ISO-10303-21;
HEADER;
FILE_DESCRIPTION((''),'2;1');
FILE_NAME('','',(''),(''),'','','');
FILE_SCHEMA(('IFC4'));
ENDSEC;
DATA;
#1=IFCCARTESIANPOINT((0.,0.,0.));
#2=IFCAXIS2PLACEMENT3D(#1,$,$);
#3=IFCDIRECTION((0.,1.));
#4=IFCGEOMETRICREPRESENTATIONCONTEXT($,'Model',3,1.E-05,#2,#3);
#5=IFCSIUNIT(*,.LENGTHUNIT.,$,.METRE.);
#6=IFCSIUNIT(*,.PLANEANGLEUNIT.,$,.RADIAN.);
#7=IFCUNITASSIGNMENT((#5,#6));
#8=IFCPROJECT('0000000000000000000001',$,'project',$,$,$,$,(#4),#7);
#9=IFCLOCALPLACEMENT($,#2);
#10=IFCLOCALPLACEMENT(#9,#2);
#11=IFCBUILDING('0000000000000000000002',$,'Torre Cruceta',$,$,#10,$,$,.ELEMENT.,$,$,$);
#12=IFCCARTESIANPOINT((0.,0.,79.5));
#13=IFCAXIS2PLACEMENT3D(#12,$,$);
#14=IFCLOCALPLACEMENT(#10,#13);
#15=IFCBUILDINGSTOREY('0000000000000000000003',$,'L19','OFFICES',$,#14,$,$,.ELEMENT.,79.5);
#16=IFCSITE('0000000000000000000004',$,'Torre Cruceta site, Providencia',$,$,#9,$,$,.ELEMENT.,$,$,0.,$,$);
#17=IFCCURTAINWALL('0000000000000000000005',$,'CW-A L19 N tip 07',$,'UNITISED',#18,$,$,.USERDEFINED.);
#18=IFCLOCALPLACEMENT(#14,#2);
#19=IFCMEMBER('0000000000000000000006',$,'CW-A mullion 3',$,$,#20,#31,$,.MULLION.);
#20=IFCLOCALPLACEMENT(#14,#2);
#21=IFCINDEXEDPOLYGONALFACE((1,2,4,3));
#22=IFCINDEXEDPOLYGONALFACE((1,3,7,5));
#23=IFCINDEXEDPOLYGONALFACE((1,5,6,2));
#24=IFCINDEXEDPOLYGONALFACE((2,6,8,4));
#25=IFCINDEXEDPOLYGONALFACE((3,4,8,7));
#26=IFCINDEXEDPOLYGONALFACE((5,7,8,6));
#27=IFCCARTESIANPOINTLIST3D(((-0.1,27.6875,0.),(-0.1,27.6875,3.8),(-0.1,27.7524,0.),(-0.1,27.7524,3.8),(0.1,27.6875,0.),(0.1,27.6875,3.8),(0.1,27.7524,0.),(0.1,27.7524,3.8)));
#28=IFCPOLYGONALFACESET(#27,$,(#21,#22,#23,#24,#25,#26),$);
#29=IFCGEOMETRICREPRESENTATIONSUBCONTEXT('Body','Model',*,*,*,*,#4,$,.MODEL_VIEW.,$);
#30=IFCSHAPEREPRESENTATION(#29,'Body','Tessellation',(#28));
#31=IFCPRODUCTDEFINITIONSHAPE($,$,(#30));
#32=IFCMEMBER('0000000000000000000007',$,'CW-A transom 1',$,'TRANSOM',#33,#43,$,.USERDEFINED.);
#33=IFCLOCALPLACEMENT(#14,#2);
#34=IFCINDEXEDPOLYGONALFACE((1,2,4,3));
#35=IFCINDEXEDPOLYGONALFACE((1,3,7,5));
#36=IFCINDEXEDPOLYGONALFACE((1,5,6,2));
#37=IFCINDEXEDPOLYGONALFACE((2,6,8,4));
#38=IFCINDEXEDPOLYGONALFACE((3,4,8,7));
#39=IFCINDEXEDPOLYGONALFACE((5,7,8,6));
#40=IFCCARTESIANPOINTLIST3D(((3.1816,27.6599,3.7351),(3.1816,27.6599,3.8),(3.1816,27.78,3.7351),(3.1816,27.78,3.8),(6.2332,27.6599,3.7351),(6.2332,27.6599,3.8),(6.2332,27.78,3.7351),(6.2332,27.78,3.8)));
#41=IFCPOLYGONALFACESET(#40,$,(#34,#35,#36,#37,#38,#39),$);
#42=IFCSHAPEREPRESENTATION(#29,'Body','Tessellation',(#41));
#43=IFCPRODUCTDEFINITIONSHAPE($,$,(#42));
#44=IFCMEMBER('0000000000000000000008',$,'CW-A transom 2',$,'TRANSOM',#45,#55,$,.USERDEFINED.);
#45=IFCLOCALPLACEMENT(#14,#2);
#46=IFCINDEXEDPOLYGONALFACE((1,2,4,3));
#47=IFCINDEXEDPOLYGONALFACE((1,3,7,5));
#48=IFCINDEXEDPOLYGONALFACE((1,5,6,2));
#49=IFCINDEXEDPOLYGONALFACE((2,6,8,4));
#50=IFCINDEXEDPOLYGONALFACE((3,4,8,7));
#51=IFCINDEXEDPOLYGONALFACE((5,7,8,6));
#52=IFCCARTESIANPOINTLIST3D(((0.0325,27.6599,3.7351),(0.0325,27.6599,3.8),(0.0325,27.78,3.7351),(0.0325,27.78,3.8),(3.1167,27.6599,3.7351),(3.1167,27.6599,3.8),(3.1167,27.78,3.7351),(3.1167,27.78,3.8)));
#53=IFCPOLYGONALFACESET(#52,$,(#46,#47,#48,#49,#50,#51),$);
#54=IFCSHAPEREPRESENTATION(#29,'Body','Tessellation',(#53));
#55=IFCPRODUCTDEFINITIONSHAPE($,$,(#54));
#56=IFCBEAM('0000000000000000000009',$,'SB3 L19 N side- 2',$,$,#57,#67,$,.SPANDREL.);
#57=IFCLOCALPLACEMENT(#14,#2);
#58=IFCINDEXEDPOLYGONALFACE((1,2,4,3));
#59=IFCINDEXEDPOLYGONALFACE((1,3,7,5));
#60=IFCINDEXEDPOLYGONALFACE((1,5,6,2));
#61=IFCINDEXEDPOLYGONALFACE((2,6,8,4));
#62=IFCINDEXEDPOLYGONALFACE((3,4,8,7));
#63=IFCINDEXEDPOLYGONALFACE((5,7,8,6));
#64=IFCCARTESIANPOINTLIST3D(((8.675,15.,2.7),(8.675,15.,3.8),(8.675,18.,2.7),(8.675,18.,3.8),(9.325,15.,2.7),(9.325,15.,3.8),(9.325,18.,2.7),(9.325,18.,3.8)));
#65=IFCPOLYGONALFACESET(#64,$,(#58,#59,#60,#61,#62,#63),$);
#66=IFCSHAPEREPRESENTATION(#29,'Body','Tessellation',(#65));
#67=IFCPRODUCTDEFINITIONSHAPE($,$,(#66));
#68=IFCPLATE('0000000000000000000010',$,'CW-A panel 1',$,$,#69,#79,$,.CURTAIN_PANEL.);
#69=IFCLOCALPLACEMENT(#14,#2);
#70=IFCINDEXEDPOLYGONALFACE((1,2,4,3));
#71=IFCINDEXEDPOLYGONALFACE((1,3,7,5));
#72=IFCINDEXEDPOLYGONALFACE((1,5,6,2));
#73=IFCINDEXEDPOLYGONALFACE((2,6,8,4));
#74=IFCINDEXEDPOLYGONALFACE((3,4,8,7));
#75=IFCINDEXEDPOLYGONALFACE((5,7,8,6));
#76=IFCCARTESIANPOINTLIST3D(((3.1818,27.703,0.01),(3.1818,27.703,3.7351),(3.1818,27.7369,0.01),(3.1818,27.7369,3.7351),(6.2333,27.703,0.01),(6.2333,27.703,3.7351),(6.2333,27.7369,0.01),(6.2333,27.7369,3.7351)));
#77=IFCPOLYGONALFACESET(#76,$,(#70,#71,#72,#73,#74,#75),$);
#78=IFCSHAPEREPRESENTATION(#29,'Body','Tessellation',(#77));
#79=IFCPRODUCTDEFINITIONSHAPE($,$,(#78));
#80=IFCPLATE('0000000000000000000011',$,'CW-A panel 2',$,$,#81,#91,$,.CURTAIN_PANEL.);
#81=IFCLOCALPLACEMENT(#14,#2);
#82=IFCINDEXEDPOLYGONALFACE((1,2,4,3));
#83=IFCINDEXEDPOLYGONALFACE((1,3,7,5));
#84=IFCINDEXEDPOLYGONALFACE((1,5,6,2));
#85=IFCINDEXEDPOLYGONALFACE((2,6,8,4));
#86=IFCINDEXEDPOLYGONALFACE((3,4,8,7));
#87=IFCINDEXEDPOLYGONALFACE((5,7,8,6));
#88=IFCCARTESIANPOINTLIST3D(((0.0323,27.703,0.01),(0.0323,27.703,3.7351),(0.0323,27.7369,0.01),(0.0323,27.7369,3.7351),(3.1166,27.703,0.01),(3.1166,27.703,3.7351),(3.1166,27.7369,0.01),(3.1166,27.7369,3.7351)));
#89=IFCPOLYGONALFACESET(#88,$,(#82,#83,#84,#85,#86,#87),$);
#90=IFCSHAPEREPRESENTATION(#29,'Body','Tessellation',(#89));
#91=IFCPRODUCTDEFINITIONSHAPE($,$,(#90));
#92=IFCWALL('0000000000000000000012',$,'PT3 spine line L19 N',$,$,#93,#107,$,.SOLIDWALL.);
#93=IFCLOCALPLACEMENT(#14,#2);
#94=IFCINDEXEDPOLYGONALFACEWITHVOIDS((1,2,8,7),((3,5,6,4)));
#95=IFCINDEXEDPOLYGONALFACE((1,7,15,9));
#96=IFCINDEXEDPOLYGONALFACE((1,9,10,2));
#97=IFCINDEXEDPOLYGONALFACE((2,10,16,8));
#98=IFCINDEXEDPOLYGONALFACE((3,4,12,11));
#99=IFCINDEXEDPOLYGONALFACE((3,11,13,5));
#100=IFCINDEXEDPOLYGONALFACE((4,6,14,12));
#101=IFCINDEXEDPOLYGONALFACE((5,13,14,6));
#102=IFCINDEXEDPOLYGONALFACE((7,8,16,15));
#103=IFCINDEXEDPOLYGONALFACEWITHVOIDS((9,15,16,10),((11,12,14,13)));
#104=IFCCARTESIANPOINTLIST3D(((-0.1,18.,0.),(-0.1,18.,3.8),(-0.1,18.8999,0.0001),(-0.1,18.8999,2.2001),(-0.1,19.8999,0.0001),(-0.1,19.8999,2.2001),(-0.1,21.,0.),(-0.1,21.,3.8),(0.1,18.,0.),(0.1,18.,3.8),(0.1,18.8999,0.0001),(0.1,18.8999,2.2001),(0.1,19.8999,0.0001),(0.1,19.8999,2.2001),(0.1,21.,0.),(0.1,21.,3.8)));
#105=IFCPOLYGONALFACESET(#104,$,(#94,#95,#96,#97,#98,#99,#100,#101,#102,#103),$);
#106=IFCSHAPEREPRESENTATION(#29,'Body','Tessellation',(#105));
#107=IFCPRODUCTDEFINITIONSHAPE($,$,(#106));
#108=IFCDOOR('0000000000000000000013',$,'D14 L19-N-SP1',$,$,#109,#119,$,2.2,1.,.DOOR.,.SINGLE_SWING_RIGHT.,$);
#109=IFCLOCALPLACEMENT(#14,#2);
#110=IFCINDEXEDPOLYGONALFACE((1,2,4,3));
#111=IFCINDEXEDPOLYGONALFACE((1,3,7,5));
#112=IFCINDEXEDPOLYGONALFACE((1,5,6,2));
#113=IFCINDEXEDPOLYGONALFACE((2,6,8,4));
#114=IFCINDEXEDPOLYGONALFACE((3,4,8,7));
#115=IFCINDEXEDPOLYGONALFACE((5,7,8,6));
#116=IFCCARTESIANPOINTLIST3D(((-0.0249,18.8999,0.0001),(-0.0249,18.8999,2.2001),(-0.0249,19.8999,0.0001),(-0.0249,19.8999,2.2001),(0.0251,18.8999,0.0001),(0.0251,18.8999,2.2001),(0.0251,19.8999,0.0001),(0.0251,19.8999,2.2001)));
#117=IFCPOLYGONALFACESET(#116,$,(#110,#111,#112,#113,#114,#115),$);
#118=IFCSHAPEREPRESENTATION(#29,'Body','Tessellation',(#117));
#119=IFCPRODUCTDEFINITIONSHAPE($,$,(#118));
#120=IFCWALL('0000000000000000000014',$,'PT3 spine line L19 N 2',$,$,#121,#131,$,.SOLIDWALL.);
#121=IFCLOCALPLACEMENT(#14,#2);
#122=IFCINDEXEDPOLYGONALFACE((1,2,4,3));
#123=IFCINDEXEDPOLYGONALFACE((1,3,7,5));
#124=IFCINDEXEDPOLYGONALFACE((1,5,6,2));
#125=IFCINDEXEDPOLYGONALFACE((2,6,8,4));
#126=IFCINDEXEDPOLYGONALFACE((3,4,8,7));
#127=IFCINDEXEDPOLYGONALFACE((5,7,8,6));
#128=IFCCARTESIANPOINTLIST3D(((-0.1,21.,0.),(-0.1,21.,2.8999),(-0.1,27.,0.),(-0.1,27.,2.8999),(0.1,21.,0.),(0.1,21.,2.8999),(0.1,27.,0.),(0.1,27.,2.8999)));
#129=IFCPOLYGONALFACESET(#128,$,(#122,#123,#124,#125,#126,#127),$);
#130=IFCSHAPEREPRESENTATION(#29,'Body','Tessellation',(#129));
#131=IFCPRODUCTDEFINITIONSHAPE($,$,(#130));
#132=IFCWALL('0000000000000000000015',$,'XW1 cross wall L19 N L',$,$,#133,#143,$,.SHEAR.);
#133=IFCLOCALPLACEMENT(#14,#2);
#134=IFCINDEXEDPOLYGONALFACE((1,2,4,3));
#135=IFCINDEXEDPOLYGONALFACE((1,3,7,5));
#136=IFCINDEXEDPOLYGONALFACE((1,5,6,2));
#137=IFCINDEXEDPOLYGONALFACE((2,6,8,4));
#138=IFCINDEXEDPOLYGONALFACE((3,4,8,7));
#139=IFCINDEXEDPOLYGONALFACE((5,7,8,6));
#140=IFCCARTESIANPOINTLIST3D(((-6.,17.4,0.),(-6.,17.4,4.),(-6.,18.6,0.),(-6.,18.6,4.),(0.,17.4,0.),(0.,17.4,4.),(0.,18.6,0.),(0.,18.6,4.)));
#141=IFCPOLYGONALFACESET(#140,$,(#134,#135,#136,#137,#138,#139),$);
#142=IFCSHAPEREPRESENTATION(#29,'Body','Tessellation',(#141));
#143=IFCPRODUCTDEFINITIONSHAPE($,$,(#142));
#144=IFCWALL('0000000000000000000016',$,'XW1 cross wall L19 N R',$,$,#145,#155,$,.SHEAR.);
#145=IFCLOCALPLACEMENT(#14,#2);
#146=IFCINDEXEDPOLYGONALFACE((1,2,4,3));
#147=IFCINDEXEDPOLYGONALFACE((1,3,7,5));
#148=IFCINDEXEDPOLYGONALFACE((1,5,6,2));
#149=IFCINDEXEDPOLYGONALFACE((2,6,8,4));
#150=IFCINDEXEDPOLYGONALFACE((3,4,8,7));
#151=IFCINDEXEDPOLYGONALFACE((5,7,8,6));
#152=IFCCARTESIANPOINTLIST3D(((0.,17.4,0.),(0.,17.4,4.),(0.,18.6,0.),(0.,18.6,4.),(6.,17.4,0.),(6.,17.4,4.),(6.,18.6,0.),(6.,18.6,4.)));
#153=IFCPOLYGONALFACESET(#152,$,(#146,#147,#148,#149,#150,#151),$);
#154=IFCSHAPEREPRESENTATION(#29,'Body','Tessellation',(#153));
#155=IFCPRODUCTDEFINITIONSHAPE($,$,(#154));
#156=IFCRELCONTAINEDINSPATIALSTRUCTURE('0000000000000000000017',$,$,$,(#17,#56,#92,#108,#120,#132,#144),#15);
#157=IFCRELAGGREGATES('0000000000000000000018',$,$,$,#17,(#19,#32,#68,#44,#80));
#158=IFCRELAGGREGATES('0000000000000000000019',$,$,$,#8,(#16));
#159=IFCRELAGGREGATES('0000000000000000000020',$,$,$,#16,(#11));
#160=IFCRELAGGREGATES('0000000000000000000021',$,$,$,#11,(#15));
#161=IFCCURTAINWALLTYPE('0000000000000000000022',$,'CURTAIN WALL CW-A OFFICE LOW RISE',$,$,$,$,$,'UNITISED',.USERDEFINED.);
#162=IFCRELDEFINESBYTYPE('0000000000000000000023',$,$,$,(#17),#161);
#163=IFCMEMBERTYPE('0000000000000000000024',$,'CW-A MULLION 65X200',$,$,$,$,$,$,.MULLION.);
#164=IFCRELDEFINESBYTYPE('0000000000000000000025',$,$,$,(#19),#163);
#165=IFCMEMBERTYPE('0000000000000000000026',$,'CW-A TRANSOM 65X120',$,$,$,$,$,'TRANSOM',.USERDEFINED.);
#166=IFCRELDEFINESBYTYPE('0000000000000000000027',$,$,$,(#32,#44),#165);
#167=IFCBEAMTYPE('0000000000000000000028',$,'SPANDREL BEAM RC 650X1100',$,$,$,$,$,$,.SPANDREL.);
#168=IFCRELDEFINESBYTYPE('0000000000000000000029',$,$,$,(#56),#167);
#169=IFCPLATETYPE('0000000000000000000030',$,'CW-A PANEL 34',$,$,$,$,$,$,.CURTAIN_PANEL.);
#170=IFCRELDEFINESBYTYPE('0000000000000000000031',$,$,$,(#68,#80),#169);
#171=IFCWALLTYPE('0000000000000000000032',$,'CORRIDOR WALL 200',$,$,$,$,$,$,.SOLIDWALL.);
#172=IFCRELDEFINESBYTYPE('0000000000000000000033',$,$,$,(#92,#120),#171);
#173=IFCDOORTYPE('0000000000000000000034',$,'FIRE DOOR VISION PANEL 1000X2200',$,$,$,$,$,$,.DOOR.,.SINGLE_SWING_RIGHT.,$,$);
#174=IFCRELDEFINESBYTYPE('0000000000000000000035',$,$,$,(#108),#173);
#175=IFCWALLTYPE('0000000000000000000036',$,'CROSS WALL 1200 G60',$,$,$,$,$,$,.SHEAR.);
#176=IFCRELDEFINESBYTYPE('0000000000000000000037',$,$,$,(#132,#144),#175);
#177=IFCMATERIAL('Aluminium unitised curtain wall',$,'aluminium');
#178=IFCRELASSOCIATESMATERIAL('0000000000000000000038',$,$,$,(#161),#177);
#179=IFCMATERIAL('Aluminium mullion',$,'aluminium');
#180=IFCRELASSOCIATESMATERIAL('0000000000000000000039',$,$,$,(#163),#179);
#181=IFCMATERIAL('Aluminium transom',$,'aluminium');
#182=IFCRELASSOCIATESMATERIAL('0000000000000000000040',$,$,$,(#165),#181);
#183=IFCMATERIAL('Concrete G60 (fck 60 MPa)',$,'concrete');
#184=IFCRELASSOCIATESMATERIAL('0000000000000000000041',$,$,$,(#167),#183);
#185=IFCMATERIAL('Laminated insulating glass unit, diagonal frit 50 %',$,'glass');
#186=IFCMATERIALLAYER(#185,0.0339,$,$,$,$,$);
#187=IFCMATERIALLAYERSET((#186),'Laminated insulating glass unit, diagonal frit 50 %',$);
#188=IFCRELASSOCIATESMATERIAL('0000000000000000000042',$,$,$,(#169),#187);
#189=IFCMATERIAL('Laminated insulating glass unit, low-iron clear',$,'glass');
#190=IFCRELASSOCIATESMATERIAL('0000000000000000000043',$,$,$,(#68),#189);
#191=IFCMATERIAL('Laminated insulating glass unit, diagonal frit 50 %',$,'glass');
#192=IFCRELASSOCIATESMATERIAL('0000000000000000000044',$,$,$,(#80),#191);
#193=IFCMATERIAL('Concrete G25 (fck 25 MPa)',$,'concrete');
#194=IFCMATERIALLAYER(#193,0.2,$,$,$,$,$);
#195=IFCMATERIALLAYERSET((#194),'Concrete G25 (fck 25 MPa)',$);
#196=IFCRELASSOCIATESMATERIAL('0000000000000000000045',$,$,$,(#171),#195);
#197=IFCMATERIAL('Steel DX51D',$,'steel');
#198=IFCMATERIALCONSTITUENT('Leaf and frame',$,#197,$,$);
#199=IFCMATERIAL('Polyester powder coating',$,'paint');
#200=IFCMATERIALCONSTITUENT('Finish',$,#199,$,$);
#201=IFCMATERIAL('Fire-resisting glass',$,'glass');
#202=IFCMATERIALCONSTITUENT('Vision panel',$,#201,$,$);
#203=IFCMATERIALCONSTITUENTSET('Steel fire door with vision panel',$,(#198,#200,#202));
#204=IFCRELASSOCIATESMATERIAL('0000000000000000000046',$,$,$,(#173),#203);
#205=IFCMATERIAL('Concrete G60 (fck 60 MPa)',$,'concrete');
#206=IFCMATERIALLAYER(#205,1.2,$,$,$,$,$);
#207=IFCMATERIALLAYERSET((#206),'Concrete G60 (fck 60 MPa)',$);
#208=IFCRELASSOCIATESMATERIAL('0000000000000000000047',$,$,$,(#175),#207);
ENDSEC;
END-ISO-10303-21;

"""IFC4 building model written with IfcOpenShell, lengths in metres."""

from ifc_helpers import new_model, si_unit, direction, frame, frame_2d, origin, origin_2d, place, context, subcontext, project, spatial, rectangle, extrude, material, layer, layer_set, constituent, constituent_set, material_profile, profile_set, type_object, element, fill, aggregate, save


model = new_model("IFC4")

# Units and contexts
model_context = context("Model", 3, precision=1e-05, world=origin(), true_north=direction((0.0, 1.0)))
body_context = subcontext(model_context, "Body", "Model", "MODEL_VIEW")
ifc_project = project(units=[si_unit("LENGTHUNIT", "METRE"), si_unit("PLANEANGLEUNIT", "RADIAN")], contexts=[model_context])

# Site, building, storey
site_placement = place(None, origin())
site = spatial("IfcSite", under=ifc_project, at=site_placement, Name="Torre Cruceta site, Providencia", CompositionType="ELEMENT", RefElevation=0.0)
building_placement = place(site_placement, origin())
building = spatial("IfcBuilding", under=site, at=building_placement, Name="Torre Cruceta", CompositionType="ELEMENT")
storey_placement = place(building_placement, frame((0.0, 0.0, 79.5)))
storey = spatial("IfcBuildingStorey", under=building, at=storey_placement, Name="L19", Description="OFFICES", CompositionType="ELEMENT", Elevation=79.5)

# Curtain wall, members
ifc_material_1 = material(Name="Aluminium unitised curtain wall", Category="aluminium")
curtain_wall_type = type_object("IfcCurtainWallType", Name="CURTAIN WALL CW-A OFFICE LOW RISE", ElementType="UNITISED", PredefinedType="USERDEFINED", material=ifc_material_1)
curtain_wall_placement = place(storey_placement, origin())
curtain_wall = element("IfcCurtainWall", 1, at=curtain_wall_placement, inside=storey, type_object=curtain_wall_type, Name="CW-A L19 N tip 07", ObjectType="UNITISED", PredefinedType="USERDEFINED")
ifc_material_2 = material(Name="Aluminium mullion", Category="aluminium")
ifc_material_profile_1 = material_profile(ifc_material_2, rectangle(XDim=0.0649, YDim=0.2, at=origin_2d()), Name="AL 65X200")
ifc_profile_set_1 = profile_set([ifc_material_profile_1], Name="Aluminium mullion")
member_type_1 = type_object("IfcMemberType", Name="CW-A MULLION 65X200", PredefinedType="MULLION", material=ifc_profile_set_1)
member_1_placement = place(storey_placement, frame((0.0, 27.72, 0.0), z_axis=(0.0, 0.0, 1.0), x_axis=(0.0, -1.0, 0.0)))
member_1 = element("IfcMember", 2, at=member_1_placement, type_object=member_type_1, Name="CW-A mullion 3", PredefinedType="MULLION", context=body_context, shape_type="SweptSolid", body=[
    extrude(rectangle(XDim=0.0649, YDim=0.2, at=origin_2d()), origin(), (0.0, 0.0, 1.0), 3.8),
])
ifc_material_3 = material(Name="Aluminium transom", Category="aluminium")
ifc_material_profile_2 = material_profile(ifc_material_3, rectangle(XDim=0.1201, YDim=0.0649, at=origin_2d()), Name="AL 120X65")
ifc_profile_set_2 = profile_set([ifc_material_profile_2], Name="Aluminium transom")
member_type_2 = type_object("IfcMemberType", Name="CW-A TRANSOM 65X120", ElementType="TRANSOM", PredefinedType="USERDEFINED", material=ifc_profile_set_2)
member_2_placement = place(storey_placement, frame((6.2332, 27.72, 3.7676), z_axis=(-1.0, 0.0, 0.0), x_axis=(0.0, -1.0, 0.0)))
member_2 = element("IfcMember", 3, at=member_2_placement, type_object=member_type_2, Name="CW-A transom 1", ObjectType="TRANSOM", PredefinedType="USERDEFINED", context=body_context, shape_type="SweptSolid", body=[
    extrude(rectangle(XDim=0.1201, YDim=0.0649, at=origin_2d()), origin(), (0.0, 0.0, 1.0), 3.0515),
])
member_3_placement = place(storey_placement, frame((3.1167, 27.72, 3.7676), z_axis=(-1.0, 0.0, 0.0), x_axis=(0.0, -1.0, 0.0)))
member_3 = element("IfcMember", 4, at=member_3_placement, type_object=member_type_2, Name="CW-A transom 2", ObjectType="TRANSOM", PredefinedType="USERDEFINED", context=body_context, shape_type="SweptSolid", body=[
    extrude(rectangle(XDim=0.1201, YDim=0.0649, at=origin_2d()), origin(), (0.0, 0.0, 1.0), 3.0842),
])

# Beam
ifc_material_4 = material(Name="Concrete G60 (fck 60 MPa)", Category="concrete")
ifc_material_profile_3 = material_profile(ifc_material_4, rectangle(XDim=0.6499, YDim=1.1001, at=origin_2d()), Name="RC 650X1100")
ifc_profile_set_3 = profile_set([ifc_material_profile_3], Name="Concrete G60 (fck 60 MPa)")
beam_type_1 = type_object("IfcBeamType", Name="SPANDREL BEAM RC 650X1100", PredefinedType="SPANDREL", material=ifc_profile_set_3)
beam_placement = place(storey_placement, frame((9.0, 15.0, 3.25), z_axis=(0.0, 1.0, 0.0), x_axis=(-1.0, 0.0, 0.0)))
element("IfcBeam", 5, at=beam_placement, inside=storey, type_object=beam_type_1, Name="SB3 L19 N side- 2", PredefinedType="SPANDREL", context=body_context, shape_type="SweptSolid", body=[
    extrude(rectangle(XDim=0.6499, YDim=1.1001, at=origin_2d()), origin(), (0.0, 0.0, 1.0), 3.0),
])

# Plates
ifc_material_5 = material(Name="Laminated insulating glass unit, low-iron clear", Category="glass")
ifc_material_6 = material(Name="Laminated insulating glass unit, diagonal frit 50 %", Category="glass")
ifc_layer_1 = layer(ifc_material_6, 0.0339)
ifc_layer_set_1 = layer_set([ifc_layer_1], Name="Laminated insulating glass unit, diagonal frit 50 %")
plate_type = type_object("IfcPlateType", Name="CW-A PANEL 34", PredefinedType="CURTAIN_PANEL", material=ifc_layer_set_1)
plate_1_placement = place(storey_placement, frame((4.7075, 27.72, 0.01), z_axis=(0.0, 0.0, 1.0), x_axis=(-1.0, 0.0, 0.0)))
plate_1 = element("IfcPlate", 6, at=plate_1_placement, type_object=plate_type, material=ifc_material_5, Name="CW-A panel 1", PredefinedType="CURTAIN_PANEL", context=body_context, shape_type="SweptSolid", body=[
    extrude(rectangle(XDim=3.0515, YDim=0.0339, at=origin_2d()), origin(), (0.0, 0.0, 1.0), 3.7251),
])
ifc_material_7 = material(Name="Laminated insulating glass unit, diagonal frit 50 %", Category="glass")
plate_2_placement = place(storey_placement, frame((1.5745, 27.72, 0.01), z_axis=(0.0, 0.0, 1.0), x_axis=(-1.0, 0.0, 0.0)))
plate_2 = element("IfcPlate", 7, at=plate_2_placement, type_object=plate_type, material=ifc_material_7, Name="CW-A panel 2", PredefinedType="CURTAIN_PANEL", context=body_context, shape_type="SweptSolid", body=[
    extrude(rectangle(XDim=3.0842, YDim=0.0339, at=origin_2d()), origin(), (0.0, 0.0, 1.0), 3.7251),
])
aggregate(curtain_wall, [member_1, member_2, plate_1, member_3, plate_2])

# Wall, opening, door
ifc_material_8 = material(Name="Concrete G25 (fck 25 MPa)", Category="concrete")
ifc_layer_2 = layer(ifc_material_8, 0.2)
ifc_layer_set_2 = layer_set([ifc_layer_2], Name="Concrete G25 (fck 25 MPa)")
wall_type_1 = type_object("IfcWallType", Name="CORRIDOR WALL 200", PredefinedType="SOLIDWALL", material=ifc_layer_set_2)
wall_1_placement = place(storey_placement, frame((0.0, 18.0, 0.0), z_axis=(0.0, 0.0, 1.0), x_axis=(0.0, 1.0, 0.0)))
wall_1 = element("IfcWall", 8, at=wall_1_placement, inside=storey, type_object=wall_type_1, Name="PT3 spine line L19 N", PredefinedType="SOLIDWALL", context=body_context, shape_type="SweptSolid", body=[
    extrude(rectangle(XDim=3.0, YDim=0.2, at=frame_2d((1.5, 0.0))), origin(), (0.0, 0.0, 1.0), 3.8),
])
opening_1_placement = place(wall_1_placement, frame((0.8999, 0.0, 0.0)))
opening_1 = element("IfcOpeningElement", 9, at=opening_1_placement, cuts=wall_1, PredefinedType="OPENING", context=body_context, shape_type="SweptSolid", body=[
    extrude(rectangle(XDim=1.0, YDim=2.2, at=frame_2d((0.5, 1.1001))), frame((0.0, 0.1099, 0.0), z_axis=(0.0, -1.0, 0.0), x_axis=(1.0, 0.0, 0.0)), (0.0, 0.0, 1.0), 0.22),
])
ifc_material_9 = material(Name="Steel DX51D", Category="steel")
ifc_constituent_1 = constituent(ifc_material_9, Name="Leaf and frame")
ifc_material_10 = material(Name="Polyester powder coating", Category="paint")
ifc_constituent_2 = constituent(ifc_material_10, Name="Finish")
ifc_material_11 = material(Name="Fire-resisting glass", Category="glass")
ifc_constituent_3 = constituent(ifc_material_11, Name="Vision panel")
ifc_constituent_set_1 = constituent_set(constituents=[ifc_constituent_1, ifc_constituent_2, ifc_constituent_3], Name="Steel fire door with vision panel")
door_type_1 = type_object("IfcDoorType", Name="FIRE DOOR VISION PANEL 1000X2200", OperationType="SINGLE_SWING_RIGHT", PredefinedType="DOOR", material=ifc_constituent_set_1)
door_1_placement = place(opening_1_placement, frame((1.0, 0.0, 0.0), z_axis=(0.0, 0.0, 1.0), x_axis=(-1.0, 0.0, 0.0)))
door_1 = element("IfcDoor", 10, at=door_1_placement, inside=storey, type_object=door_type_1, Name="D14 L19-N-SP1", OperationType="SINGLE_SWING_RIGHT", OverallHeight=2.2, OverallWidth=1.0, PredefinedType="DOOR", context=body_context, shape_type="SweptSolid", body=[
    extrude(rectangle(XDim=1.0, YDim=2.2, at=frame_2d((0.5, 1.1001))), frame((0.0, 0.0251, 0.0), z_axis=(0.0, -1.0, 0.0), x_axis=(1.0, 0.0, 0.0)), (0.0, 0.0, 1.0), 0.05),
])
fill(opening_1, door_1)

# Walls
wall_2_placement = place(storey_placement, frame((0.0, 21.0, 0.0), z_axis=(0.0, 0.0, 1.0), x_axis=(0.0, 1.0, 0.0)))
element("IfcWall", 11, at=wall_2_placement, inside=storey, type_object=wall_type_1, Name="PT3 spine line L19 N 2", PredefinedType="SOLIDWALL", context=body_context, shape_type="SweptSolid", body=[
    extrude(rectangle(XDim=6.0, YDim=0.2, at=frame_2d((3.0, 0.0))), origin(), (0.0, 0.0, 1.0), 2.8999),
])
ifc_material_12 = material(Name="Concrete G60 (fck 60 MPa)", Category="concrete")
ifc_layer_3 = layer(ifc_material_12, 1.2)
ifc_layer_set_3 = layer_set([ifc_layer_3], Name="Concrete G60 (fck 60 MPa)")
wall_type_2 = type_object("IfcWallType", Name="CROSS WALL 1200 G60", PredefinedType="SHEAR", material=ifc_layer_set_3)
for number, where, z_axis, x_axis, name in (
    (12, (0.0, 18.0, 0.0), (0.0, 0.0, 1.0), (-1.0, 0.0, 0.0), "XW1 cross wall L19 N L"),
    (13, (0.0, 18.0, 0.0), (0.0, 0.0, 1.0), (1.0, 0.0, 0.0), "XW1 cross wall L19 N R"),
):
    element("IfcWall", number, at=place(storey_placement, frame(where, z_axis=z_axis, x_axis=x_axis)), inside=storey, type_object=wall_type_2, Name=name, PredefinedType="SHEAR", context=body_context, shape_type="SweptSolid", body=[
        extrude(rectangle(XDim=6.0, YDim=1.2, at=frame_2d((3.0, 0.0))), origin(), (0.0, 0.0, 1.0), 4.0),
    ])

save(model, "model.ifc")
